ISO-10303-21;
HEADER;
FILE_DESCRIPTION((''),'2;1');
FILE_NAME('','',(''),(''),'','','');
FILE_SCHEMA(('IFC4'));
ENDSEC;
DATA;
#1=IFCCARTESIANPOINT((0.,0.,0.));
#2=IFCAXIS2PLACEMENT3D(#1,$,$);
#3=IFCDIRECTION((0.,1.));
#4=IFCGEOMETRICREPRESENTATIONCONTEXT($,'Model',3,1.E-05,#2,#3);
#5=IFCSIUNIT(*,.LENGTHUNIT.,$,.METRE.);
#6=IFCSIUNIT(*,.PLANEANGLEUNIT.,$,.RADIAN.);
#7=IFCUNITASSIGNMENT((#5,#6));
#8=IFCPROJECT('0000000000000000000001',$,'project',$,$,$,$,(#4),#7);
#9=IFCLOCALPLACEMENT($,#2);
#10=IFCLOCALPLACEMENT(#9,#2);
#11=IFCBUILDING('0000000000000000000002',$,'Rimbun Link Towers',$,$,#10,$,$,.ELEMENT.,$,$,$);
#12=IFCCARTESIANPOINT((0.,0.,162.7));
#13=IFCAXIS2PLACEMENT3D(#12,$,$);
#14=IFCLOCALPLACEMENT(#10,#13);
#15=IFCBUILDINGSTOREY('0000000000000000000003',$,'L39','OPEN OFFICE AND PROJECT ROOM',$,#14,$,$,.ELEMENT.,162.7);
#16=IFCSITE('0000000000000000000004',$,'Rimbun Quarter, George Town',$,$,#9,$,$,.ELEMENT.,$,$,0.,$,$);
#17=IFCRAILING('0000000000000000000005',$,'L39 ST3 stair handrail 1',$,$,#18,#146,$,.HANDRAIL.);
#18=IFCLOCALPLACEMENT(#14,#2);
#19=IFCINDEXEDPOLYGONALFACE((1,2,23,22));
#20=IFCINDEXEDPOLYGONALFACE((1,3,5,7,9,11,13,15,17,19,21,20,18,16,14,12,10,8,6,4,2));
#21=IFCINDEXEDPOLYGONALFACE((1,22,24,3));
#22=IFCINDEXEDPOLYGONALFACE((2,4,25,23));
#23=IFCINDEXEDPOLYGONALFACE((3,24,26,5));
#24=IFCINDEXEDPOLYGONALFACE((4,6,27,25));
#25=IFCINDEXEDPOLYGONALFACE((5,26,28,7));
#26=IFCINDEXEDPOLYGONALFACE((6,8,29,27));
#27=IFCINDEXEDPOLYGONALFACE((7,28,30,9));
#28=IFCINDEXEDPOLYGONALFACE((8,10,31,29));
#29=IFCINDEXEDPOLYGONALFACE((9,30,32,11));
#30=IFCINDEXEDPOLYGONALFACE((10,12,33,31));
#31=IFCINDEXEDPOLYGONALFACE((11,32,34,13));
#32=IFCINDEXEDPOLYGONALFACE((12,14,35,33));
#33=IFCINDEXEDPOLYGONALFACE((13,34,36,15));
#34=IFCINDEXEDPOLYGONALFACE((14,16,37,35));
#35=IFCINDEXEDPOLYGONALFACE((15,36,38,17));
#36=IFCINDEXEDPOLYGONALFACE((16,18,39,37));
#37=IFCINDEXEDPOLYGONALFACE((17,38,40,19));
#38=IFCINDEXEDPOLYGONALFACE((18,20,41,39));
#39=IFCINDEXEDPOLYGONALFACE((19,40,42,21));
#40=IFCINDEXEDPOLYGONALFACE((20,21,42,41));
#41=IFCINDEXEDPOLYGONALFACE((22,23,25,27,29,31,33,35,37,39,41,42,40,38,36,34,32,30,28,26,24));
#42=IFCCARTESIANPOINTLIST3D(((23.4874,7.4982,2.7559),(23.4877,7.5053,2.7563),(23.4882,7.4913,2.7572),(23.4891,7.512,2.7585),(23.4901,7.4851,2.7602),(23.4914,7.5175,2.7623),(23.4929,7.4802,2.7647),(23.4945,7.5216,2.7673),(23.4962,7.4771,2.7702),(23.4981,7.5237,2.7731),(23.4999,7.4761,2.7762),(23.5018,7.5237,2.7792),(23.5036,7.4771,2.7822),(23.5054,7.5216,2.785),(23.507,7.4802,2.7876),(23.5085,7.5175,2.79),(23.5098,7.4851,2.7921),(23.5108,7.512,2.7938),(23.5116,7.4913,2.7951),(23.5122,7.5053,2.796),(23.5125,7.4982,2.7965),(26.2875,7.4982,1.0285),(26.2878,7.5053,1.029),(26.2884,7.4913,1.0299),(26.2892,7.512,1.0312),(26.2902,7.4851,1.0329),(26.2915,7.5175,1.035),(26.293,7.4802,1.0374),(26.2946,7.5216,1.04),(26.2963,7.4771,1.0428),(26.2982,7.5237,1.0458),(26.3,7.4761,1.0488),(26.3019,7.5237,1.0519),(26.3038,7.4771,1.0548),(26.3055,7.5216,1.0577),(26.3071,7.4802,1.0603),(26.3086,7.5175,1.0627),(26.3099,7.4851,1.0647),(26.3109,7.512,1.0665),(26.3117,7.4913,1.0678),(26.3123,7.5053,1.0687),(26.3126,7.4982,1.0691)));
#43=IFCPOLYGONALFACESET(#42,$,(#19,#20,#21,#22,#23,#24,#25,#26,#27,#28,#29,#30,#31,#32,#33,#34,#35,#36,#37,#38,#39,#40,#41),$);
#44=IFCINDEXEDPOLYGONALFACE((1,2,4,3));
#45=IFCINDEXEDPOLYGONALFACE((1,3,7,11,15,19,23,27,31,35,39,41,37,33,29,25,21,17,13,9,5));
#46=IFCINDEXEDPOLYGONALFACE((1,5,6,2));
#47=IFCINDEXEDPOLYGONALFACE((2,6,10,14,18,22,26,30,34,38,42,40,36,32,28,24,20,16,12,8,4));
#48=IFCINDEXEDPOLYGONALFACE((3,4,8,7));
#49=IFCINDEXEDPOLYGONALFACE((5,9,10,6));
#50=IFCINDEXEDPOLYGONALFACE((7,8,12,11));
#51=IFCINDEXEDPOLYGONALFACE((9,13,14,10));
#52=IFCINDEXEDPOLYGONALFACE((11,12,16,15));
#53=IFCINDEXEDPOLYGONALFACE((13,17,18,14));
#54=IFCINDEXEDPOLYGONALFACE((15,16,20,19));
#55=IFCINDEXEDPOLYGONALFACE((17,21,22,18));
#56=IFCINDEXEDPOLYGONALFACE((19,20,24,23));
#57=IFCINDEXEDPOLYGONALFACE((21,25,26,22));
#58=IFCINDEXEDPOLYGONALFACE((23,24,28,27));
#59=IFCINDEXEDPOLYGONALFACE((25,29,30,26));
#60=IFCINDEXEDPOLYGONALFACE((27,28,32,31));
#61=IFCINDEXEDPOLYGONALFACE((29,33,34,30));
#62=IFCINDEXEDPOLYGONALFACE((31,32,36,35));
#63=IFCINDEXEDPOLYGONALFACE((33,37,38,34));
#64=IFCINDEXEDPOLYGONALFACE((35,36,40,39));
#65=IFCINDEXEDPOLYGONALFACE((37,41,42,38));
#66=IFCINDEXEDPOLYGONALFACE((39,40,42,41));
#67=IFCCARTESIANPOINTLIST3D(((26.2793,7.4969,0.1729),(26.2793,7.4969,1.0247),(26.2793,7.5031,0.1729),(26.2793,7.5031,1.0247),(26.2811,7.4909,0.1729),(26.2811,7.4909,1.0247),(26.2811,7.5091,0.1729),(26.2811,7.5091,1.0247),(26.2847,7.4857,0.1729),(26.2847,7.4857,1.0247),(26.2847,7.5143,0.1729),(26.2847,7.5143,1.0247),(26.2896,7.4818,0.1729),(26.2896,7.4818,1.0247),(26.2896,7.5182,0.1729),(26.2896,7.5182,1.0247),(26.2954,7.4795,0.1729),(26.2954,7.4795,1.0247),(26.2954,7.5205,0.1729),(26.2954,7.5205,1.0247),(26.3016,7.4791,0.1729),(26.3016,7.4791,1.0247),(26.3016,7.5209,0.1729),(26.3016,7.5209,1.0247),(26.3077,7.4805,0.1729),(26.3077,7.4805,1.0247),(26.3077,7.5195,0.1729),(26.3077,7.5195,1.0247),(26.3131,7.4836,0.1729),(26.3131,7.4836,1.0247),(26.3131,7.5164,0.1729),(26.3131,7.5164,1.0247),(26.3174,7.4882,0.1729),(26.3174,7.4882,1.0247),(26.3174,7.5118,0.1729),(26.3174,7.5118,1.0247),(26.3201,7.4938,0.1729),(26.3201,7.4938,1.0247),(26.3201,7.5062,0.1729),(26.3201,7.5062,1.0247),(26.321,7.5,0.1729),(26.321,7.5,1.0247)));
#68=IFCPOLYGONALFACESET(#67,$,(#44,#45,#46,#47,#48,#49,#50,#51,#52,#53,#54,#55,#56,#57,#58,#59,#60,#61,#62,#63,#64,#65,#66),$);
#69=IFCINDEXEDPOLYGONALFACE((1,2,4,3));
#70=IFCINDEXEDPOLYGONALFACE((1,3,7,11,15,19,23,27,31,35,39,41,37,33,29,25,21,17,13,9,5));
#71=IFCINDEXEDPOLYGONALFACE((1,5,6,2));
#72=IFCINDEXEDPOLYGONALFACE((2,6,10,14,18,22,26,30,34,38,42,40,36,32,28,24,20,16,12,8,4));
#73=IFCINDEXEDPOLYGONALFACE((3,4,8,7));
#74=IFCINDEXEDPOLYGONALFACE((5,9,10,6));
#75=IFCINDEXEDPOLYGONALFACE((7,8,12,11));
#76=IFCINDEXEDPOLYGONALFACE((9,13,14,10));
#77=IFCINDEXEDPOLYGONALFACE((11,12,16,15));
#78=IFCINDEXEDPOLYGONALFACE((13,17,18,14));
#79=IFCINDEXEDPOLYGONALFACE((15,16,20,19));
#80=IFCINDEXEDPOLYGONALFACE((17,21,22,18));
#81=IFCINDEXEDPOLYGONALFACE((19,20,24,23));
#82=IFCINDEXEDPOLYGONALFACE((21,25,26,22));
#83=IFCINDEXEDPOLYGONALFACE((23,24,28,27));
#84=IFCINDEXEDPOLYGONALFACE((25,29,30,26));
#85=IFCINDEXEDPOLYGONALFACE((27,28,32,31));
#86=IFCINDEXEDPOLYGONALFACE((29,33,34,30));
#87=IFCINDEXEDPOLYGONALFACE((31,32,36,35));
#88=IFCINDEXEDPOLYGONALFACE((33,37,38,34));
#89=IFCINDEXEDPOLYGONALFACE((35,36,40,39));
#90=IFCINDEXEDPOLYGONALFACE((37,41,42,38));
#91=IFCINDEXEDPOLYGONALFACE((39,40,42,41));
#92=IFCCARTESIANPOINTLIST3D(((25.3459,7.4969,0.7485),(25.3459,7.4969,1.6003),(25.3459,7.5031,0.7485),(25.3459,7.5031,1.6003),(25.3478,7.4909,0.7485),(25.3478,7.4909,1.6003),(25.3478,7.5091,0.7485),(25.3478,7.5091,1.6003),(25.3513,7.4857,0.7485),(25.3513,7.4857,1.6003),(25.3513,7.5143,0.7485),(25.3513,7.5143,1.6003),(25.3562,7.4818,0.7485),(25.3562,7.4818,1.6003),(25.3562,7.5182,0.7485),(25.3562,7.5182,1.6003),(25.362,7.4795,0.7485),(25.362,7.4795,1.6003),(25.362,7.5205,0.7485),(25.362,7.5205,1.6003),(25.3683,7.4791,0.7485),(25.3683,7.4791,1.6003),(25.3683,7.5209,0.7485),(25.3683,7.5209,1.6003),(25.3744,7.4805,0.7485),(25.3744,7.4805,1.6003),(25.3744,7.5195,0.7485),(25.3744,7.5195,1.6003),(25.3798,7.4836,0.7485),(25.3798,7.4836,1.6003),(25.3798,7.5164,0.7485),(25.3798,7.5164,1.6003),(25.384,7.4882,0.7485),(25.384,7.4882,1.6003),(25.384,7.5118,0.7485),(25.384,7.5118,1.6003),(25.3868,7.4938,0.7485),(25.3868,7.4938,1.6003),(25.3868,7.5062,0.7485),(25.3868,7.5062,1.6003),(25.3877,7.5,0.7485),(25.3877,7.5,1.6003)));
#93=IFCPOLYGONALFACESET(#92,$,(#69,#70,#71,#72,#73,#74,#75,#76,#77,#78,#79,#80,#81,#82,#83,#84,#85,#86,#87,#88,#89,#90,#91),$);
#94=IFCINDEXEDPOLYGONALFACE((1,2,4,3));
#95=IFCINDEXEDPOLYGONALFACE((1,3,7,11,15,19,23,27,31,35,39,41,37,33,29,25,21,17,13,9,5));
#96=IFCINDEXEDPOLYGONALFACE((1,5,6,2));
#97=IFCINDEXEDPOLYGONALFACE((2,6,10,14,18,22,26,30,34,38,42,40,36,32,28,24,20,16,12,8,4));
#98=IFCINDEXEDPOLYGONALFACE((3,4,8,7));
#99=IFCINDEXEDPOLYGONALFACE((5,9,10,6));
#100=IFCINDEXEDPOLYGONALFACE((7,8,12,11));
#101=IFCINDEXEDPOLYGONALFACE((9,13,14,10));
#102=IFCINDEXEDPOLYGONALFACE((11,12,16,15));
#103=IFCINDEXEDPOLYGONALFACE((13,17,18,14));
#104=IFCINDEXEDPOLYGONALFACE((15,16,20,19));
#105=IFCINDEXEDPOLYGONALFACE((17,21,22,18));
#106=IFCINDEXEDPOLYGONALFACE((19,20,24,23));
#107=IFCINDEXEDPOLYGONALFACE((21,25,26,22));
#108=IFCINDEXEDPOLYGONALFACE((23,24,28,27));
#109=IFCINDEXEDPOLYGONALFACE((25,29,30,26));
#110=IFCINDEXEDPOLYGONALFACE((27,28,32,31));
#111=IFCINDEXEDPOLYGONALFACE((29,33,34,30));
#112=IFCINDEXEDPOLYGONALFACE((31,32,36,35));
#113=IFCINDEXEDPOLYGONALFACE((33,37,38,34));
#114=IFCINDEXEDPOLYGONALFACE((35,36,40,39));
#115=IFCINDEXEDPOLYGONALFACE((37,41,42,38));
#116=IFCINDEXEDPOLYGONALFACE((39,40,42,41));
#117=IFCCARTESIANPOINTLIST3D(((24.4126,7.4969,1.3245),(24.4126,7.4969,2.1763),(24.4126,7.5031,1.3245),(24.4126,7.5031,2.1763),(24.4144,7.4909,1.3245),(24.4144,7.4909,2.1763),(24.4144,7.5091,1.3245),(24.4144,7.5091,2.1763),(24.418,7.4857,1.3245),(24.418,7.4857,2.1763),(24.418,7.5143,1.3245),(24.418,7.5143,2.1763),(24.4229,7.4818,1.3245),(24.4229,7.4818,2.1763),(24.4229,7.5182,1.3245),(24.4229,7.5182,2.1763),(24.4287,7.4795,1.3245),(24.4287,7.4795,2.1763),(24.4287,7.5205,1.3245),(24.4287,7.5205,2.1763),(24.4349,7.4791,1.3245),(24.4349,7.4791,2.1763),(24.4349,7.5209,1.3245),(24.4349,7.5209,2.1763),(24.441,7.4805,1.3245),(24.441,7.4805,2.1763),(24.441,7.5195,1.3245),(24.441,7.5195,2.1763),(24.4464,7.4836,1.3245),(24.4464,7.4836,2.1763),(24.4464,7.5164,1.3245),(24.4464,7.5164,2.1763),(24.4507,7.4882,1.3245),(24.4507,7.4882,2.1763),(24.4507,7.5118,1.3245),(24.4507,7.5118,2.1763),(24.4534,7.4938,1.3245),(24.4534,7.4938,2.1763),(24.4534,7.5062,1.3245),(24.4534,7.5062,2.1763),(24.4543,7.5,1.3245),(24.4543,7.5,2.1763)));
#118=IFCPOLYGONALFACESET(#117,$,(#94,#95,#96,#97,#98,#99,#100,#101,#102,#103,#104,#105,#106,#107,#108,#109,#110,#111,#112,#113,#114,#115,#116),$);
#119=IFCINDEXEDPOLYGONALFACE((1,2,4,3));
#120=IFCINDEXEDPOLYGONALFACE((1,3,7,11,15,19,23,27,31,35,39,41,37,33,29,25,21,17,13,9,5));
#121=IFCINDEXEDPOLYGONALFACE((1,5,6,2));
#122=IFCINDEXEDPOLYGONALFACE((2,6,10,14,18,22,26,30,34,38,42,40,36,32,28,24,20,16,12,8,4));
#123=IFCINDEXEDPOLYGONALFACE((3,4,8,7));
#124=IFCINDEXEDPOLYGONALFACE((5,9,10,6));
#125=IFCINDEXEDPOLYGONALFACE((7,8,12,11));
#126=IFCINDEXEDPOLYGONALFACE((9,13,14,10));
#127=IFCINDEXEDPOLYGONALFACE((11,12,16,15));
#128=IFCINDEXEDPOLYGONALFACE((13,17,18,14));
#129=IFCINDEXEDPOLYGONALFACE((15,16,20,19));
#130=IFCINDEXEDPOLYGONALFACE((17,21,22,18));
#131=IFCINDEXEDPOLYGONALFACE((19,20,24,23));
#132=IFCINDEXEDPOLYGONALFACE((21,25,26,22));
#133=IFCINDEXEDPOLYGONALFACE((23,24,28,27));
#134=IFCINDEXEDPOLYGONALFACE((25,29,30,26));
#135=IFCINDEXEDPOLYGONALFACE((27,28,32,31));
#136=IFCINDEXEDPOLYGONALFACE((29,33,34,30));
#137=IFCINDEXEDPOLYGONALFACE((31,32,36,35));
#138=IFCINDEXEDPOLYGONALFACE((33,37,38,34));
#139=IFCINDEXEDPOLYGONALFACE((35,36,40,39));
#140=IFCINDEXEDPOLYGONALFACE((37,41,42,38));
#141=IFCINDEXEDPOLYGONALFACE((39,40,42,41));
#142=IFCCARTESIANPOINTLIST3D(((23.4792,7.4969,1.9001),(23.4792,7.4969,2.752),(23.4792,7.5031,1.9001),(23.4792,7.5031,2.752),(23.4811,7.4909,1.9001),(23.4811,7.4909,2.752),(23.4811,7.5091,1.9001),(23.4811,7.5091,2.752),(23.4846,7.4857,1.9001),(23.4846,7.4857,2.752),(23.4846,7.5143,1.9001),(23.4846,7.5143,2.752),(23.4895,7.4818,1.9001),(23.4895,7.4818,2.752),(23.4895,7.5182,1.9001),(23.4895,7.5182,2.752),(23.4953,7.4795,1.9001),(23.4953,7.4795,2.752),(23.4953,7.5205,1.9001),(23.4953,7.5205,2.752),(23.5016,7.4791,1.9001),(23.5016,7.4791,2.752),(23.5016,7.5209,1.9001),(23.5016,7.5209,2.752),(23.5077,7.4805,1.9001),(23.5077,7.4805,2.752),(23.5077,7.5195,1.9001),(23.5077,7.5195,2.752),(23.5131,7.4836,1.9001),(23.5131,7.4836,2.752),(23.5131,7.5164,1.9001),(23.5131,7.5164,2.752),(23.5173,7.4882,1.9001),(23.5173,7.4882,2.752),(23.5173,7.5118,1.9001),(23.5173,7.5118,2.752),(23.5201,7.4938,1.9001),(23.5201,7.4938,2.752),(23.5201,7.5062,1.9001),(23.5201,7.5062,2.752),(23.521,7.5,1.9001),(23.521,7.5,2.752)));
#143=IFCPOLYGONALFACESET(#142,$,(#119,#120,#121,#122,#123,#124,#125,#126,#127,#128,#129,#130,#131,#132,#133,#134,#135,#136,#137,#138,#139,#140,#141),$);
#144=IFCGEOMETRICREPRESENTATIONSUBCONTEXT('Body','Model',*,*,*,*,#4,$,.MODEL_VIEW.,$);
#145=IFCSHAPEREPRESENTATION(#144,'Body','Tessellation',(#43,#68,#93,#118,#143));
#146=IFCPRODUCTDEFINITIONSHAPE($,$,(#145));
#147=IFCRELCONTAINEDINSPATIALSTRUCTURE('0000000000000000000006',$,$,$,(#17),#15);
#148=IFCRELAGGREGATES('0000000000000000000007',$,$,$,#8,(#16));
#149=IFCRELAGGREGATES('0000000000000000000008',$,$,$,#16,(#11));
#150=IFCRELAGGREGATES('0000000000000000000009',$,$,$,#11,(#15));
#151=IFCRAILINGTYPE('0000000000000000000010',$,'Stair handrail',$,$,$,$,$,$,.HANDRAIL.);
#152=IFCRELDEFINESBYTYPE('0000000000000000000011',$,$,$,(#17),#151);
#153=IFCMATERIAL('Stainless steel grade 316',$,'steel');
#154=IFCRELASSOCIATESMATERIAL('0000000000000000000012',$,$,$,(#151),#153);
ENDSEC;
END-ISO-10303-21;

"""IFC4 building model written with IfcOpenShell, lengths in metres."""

from ifc_helpers import new_model, si_unit, direction, frame, origin, origin_2d, place, context, subcontext, project, spatial, circle, extrude, material, type_object, element, save


model = new_model("IFC4")

# Units and contexts
model_context = context("Model", 3, precision=1e-05, world=origin(), true_north=direction((0.0, 1.0)))
body_context = subcontext(model_context, "Body", "Model", "MODEL_VIEW")
ifc_project = project(units=[si_unit("LENGTHUNIT", "METRE"), si_unit("PLANEANGLEUNIT", "RADIAN")], contexts=[model_context])

# Site, building, storey
site_placement = place(None, origin())
site = spatial("IfcSite", under=ifc_project, at=site_placement, Name="Rimbun Quarter, George Town", CompositionType="ELEMENT", RefElevation=0.0)
building_placement = place(site_placement, origin())
building = spatial("IfcBuilding", under=site, at=building_placement, Name="Rimbun Link Towers", CompositionType="ELEMENT")
storey_placement = place(building_placement, frame((0.0, 0.0, 162.7)))
storey = spatial("IfcBuildingStorey", under=building, at=storey_placement, Name="L39", Description="OPEN OFFICE AND PROJECT ROOM", CompositionType="ELEMENT", Elevation=162.7)

# Railing
ifc_material_1 = material(Name="Stainless steel grade 316", Category="steel")
railing_type_1 = type_object("IfcRailingType", Name="Stair handrail", PredefinedType="HANDRAIL", material=ifc_material_1)
railing_1_placement = place(storey_placement, frame((26.3, 7.5, 0.1729)))
element("IfcRailing", 1, at=railing_1_placement, inside=storey, type_object=railing_type_1, Name="L39 ST3 stair handrail 1", PredefinedType="HANDRAIL", context=body_context, shape_type="SweptSolid", body=[
    extrude(circle(Radius=0.0239, at=origin_2d()), frame((0.0, 0.0, 0.876), z_axis=(-0.85109, 0.0, 0.52502), x_axis=(0.0, -1.0, 0.0)), (0.0, 0.0, 1.0), 3.29),
    extrude(circle(Radius=0.021, at=origin_2d()), origin(), (0.0, 0.0, 1.0), 0.8518),
    extrude(circle(Radius=0.021, at=origin_2d()), frame((-0.9333, 0.0, 0.5757)), (0.0, 0.0, 1.0), 0.8518),
    extrude(circle(Radius=0.021, at=origin_2d()), frame((-1.8667, 0.0, 1.1516)), (0.0, 0.0, 1.0), 0.8518),
    extrude(circle(Radius=0.021, at=origin_2d()), frame((-2.8, 0.0, 1.7273)), (0.0, 0.0, 1.0), 0.8518),
])

save(model, "model.ifc")
